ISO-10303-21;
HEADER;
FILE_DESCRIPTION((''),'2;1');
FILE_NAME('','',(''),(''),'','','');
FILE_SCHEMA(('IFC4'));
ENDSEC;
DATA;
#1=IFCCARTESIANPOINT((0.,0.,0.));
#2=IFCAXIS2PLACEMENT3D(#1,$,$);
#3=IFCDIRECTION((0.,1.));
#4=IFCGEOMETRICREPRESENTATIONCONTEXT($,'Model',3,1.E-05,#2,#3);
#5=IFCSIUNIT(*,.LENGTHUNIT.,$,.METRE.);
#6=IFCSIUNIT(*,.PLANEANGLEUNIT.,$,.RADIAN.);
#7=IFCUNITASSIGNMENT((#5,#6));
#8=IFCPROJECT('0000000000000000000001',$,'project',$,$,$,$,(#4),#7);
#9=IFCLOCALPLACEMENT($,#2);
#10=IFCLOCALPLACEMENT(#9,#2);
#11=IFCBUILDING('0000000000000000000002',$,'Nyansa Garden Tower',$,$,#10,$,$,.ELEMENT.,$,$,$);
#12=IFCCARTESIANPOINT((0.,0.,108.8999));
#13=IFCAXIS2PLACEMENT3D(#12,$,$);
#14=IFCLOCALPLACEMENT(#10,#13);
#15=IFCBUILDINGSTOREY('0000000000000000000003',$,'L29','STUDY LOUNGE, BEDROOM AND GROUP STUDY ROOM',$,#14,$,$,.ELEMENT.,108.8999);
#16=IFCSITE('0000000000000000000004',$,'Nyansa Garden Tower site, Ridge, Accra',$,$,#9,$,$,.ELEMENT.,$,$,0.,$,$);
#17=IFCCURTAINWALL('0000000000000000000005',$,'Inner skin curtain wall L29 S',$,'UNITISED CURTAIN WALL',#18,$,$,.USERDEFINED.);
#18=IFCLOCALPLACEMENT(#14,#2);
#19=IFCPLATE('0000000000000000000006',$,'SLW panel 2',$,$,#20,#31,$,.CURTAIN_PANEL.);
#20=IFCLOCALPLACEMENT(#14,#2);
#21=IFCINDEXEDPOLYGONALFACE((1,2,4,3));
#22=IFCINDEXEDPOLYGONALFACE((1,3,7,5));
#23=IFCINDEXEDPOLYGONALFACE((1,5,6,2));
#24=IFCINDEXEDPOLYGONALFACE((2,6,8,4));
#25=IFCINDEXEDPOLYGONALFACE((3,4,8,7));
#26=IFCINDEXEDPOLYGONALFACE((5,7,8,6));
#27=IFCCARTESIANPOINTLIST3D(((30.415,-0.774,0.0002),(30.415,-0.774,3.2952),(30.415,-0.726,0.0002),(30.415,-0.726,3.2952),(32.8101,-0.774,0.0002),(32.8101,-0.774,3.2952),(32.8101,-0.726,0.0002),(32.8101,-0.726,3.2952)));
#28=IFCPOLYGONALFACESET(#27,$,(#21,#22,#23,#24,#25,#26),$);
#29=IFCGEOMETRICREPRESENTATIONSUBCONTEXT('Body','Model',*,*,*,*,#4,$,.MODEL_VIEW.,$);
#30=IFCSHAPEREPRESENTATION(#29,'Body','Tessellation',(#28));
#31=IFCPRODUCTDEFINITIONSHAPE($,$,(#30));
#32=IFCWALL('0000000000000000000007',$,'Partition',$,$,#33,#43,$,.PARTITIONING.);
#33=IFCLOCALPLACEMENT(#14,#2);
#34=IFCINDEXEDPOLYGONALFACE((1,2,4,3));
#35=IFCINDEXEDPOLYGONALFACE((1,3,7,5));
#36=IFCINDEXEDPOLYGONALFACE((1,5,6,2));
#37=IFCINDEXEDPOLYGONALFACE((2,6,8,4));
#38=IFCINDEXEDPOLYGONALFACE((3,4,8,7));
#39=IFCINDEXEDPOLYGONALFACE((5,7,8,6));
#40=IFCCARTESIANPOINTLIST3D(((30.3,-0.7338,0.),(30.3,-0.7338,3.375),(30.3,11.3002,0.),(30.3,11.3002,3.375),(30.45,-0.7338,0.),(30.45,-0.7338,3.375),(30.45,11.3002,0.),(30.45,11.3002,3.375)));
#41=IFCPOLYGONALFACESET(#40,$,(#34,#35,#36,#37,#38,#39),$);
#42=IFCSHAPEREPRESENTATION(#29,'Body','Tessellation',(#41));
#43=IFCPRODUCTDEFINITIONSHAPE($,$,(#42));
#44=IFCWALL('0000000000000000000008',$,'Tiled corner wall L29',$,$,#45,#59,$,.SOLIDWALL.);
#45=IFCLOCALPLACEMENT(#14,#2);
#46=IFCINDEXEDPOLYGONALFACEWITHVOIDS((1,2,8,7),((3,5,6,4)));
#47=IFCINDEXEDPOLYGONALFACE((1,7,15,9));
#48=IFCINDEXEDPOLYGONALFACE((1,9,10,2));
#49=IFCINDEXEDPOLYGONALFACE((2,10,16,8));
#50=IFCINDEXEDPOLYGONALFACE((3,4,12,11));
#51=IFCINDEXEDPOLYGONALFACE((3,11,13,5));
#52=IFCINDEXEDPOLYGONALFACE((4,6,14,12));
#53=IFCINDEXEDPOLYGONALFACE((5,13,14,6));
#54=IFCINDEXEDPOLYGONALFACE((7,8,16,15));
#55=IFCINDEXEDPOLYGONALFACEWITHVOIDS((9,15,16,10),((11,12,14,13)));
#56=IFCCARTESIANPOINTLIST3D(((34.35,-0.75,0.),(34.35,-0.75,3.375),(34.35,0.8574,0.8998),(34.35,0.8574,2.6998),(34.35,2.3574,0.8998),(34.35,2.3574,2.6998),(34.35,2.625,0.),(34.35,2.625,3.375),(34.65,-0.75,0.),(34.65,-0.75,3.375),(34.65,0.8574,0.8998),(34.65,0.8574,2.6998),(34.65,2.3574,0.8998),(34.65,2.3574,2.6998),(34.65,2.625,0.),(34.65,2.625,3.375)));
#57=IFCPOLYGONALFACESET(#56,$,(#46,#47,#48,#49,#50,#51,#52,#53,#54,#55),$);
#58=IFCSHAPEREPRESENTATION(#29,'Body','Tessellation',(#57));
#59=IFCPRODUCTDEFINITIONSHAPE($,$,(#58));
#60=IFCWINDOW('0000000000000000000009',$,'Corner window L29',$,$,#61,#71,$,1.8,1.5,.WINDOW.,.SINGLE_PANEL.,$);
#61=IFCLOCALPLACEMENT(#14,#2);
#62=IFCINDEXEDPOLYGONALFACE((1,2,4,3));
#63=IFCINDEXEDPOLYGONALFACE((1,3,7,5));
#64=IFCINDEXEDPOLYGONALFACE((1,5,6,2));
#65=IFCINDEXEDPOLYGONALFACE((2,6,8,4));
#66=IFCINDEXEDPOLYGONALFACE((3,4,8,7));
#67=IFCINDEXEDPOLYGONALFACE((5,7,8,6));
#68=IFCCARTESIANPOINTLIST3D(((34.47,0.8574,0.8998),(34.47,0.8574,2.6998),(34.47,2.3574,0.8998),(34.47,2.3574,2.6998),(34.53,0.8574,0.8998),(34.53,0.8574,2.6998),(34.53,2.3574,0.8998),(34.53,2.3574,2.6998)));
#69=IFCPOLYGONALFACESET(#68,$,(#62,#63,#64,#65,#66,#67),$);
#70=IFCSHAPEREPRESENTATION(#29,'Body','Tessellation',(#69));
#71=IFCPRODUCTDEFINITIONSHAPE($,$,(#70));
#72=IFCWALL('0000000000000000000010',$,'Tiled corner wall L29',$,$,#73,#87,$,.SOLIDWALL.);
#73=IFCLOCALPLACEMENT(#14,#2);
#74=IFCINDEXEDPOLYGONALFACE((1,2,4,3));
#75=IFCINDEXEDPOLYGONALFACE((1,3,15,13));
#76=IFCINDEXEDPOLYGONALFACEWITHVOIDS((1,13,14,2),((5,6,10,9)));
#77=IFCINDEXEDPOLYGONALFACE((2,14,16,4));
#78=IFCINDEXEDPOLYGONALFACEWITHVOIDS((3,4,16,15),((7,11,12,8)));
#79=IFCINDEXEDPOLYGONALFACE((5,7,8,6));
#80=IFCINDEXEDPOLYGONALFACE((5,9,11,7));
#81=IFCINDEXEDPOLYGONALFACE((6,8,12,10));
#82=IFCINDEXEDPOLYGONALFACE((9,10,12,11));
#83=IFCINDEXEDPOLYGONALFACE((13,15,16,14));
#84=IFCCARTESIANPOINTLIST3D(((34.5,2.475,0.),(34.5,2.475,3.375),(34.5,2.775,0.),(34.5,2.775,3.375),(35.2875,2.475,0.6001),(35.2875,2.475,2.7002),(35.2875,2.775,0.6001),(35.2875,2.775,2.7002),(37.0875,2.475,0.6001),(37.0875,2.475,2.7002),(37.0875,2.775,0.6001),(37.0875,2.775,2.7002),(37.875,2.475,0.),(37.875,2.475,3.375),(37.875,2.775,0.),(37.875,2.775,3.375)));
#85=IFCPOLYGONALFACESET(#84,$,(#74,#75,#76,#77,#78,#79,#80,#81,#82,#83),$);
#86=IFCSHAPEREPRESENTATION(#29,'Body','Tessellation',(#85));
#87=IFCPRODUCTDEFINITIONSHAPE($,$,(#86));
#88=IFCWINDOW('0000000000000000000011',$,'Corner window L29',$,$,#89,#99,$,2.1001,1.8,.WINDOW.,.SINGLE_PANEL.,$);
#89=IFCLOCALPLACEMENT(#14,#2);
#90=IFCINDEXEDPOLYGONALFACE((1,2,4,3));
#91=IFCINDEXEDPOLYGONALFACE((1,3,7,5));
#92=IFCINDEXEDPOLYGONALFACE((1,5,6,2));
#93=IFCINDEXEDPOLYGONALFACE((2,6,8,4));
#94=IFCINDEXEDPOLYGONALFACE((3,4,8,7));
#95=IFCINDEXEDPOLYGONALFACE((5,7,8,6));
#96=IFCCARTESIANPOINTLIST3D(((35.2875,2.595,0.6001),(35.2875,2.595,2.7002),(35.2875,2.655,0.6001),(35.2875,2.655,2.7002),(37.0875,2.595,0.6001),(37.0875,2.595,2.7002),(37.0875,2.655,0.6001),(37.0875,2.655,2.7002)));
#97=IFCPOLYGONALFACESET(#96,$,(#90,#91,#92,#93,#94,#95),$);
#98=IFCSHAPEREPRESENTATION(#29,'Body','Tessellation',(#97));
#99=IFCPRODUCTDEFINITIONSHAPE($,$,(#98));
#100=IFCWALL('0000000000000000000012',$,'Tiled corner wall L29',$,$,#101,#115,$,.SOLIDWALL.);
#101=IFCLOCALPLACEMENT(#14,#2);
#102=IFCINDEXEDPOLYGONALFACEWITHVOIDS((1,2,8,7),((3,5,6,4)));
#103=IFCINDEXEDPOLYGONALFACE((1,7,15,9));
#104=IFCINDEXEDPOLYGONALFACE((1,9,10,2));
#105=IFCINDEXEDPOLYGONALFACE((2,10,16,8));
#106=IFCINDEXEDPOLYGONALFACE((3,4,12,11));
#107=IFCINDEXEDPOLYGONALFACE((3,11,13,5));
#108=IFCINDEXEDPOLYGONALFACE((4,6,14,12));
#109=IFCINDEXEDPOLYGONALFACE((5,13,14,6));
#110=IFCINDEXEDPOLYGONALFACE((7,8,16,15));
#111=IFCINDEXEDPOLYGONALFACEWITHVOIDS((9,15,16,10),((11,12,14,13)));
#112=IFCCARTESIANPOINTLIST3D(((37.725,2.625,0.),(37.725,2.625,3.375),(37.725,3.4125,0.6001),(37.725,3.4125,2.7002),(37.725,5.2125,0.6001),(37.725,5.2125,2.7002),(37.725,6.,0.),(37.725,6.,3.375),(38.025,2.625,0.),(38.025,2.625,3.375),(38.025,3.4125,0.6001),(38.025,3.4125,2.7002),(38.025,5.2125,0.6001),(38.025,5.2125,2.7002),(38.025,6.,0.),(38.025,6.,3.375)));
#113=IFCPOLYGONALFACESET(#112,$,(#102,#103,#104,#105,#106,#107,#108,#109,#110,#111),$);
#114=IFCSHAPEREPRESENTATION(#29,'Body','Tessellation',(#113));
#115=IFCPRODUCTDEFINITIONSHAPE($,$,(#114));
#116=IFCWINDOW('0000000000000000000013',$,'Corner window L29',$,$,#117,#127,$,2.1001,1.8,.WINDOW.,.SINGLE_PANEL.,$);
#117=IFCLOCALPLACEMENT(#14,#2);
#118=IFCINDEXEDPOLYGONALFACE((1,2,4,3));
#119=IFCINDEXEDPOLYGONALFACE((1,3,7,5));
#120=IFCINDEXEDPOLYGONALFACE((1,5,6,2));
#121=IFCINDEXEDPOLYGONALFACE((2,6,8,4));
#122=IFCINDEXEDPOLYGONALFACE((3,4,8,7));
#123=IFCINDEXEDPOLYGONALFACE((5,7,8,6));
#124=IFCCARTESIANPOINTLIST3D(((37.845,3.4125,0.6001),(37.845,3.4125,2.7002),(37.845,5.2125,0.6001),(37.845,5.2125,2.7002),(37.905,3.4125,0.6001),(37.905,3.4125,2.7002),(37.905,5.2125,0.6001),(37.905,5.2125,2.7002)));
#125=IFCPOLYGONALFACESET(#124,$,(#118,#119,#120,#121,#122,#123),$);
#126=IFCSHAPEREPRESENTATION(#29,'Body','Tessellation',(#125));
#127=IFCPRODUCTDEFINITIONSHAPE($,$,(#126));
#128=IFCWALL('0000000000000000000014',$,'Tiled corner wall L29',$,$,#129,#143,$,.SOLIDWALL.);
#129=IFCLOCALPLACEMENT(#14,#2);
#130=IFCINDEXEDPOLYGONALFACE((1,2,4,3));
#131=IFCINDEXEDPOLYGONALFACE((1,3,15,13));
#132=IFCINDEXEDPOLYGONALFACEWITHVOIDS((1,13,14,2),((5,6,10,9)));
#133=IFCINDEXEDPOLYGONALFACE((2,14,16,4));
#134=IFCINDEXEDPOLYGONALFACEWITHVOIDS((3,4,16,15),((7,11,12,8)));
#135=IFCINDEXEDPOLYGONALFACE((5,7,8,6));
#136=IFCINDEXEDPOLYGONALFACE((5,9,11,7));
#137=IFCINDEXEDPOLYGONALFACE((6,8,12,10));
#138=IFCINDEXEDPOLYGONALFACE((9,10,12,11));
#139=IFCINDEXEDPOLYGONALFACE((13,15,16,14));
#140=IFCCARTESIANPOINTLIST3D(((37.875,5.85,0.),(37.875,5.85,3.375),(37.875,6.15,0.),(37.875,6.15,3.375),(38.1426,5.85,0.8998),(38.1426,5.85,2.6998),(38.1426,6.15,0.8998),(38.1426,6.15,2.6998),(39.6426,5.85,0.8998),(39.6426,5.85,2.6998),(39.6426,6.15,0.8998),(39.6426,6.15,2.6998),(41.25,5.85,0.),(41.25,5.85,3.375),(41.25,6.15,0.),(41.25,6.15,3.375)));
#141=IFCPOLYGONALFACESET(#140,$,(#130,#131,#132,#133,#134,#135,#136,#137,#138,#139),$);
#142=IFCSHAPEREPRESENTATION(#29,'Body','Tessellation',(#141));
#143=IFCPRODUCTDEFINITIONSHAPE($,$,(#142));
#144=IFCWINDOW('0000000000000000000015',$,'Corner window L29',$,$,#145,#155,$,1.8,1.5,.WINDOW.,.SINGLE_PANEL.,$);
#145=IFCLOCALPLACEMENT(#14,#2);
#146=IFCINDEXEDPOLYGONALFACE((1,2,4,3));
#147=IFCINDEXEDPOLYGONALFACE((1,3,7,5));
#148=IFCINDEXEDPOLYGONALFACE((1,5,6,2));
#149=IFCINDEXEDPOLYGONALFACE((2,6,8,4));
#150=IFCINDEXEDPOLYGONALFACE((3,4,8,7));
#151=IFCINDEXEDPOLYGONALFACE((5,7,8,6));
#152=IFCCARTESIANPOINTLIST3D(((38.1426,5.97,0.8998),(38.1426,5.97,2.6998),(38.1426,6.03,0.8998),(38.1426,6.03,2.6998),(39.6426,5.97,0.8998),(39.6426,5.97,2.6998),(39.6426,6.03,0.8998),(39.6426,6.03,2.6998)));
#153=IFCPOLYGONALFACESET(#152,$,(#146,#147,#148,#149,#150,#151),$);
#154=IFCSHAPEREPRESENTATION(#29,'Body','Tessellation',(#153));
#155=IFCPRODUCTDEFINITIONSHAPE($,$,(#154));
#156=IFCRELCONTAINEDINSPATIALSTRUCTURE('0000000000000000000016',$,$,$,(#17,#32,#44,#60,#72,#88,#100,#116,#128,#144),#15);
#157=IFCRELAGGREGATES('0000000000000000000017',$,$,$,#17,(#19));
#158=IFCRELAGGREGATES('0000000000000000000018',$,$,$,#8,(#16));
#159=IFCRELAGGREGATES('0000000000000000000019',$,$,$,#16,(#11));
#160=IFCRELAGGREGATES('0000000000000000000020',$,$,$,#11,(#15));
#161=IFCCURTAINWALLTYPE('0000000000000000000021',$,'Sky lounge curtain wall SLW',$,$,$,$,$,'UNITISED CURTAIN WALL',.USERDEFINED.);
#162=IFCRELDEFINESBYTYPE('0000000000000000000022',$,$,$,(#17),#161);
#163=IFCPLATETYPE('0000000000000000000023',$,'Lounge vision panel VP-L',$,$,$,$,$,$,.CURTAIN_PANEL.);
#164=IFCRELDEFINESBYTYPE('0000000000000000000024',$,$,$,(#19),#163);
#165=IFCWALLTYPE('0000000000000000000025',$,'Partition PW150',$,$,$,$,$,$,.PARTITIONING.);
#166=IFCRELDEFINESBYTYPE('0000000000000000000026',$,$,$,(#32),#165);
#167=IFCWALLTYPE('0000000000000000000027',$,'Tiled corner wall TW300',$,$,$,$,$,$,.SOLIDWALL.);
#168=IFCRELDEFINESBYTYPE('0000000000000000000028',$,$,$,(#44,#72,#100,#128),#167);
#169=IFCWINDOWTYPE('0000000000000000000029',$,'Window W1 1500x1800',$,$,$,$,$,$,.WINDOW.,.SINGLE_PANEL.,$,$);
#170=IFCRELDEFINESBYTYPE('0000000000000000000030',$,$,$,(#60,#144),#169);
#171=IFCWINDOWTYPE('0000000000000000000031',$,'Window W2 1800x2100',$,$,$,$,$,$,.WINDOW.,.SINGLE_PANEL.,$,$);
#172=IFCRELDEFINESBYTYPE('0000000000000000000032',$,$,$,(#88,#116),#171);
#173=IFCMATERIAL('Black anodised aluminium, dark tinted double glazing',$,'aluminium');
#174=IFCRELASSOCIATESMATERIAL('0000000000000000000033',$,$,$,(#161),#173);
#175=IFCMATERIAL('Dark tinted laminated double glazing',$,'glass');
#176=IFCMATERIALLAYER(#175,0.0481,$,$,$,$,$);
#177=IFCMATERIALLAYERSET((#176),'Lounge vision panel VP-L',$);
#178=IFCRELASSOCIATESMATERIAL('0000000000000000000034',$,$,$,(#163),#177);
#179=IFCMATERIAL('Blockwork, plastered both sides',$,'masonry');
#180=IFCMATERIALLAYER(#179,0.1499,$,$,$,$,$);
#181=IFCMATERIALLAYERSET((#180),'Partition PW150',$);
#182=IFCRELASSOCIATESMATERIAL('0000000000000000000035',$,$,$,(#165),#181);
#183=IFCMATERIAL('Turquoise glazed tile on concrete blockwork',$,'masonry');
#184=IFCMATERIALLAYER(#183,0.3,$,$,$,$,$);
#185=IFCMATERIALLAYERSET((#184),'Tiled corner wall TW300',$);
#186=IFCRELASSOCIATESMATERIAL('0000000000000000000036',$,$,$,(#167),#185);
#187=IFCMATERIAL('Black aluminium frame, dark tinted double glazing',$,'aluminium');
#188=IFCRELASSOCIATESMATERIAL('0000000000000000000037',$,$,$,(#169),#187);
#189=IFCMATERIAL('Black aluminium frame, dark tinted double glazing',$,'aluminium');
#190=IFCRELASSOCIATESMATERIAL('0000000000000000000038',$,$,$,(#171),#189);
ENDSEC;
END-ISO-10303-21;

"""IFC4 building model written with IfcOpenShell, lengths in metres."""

from ifc_helpers import new_model, si_unit, direction, frame, frame_2d, origin, origin_2d, place, context, subcontext, project, spatial, rectangle, extrude, material, layer, layer_set, type_object, element, fill, aggregate, save


model = new_model("IFC4")

# Units and contexts
model_context = context("Model", 3, precision=1e-05, world=origin(), true_north=direction((0.0, 1.0)))
body_context = subcontext(model_context, "Body", "Model", "MODEL_VIEW")
ifc_project = project(units=[si_unit("LENGTHUNIT", "METRE"), si_unit("PLANEANGLEUNIT", "RADIAN")], contexts=[model_context])

# Site, building, storey
site_placement = place(None, origin())
site = spatial("IfcSite", under=ifc_project, at=site_placement, Name="Nyansa Garden Tower site, Ridge, Accra", CompositionType="ELEMENT", RefElevation=0.0)
building_placement = place(site_placement, origin())
building = spatial("IfcBuilding", under=site, at=building_placement, Name="Nyansa Garden Tower", CompositionType="ELEMENT")
storey_placement = place(building_placement, frame((0.0, 0.0, 108.8999)))
storey = spatial("IfcBuildingStorey", under=building, at=storey_placement, Name="L29", Description="STUDY LOUNGE, BEDROOM AND GROUP STUDY ROOM", CompositionType="ELEMENT", Elevation=108.8999)

# Curtain wall
ifc_material_1 = material(Name="Black anodised aluminium, dark tinted double glazing", Category="aluminium")
curtain_wall_type = type_object("IfcCurtainWallType", Name="Sky lounge curtain wall SLW", ElementType="UNITISED CURTAIN WALL", PredefinedType="USERDEFINED", material=ifc_material_1)
curtain_wall_placement = place(storey_placement, origin())
curtain_wall = element("IfcCurtainWall", 1, at=curtain_wall_placement, inside=storey, type_object=curtain_wall_type, Name="Inner skin curtain wall L29 S", ObjectType="UNITISED CURTAIN WALL", PredefinedType="USERDEFINED")

# Plate
ifc_material_2 = material(Name="Dark tinted laminated double glazing", Category="glass")
ifc_layer_1 = layer(ifc_material_2, 0.0481)
ifc_layer_set_1 = layer_set([ifc_layer_1], Name="Lounge vision panel VP-L")
plate_type = type_object("IfcPlateType", Name="Lounge vision panel VP-L", PredefinedType="CURTAIN_PANEL", material=ifc_layer_set_1)
plate_1_placement = place(storey_placement, frame((31.6125, -0.75, 0.0002), z_axis=(0.0, 0.0, 1.0), x_axis=(1.0, 0.0, 0.0)))
plate_1 = element("IfcPlate", 2, at=plate_1_placement, type_object=plate_type, Name="SLW panel 2", PredefinedType="CURTAIN_PANEL", context=body_context, shape_type="SweptSolid", body=[
    extrude(rectangle(XDim=2.395, YDim=0.0481, at=origin_2d()), origin(), (0.0, 0.0, 1.0), 3.2949),
])
aggregate(curtain_wall, [plate_1])

# Wall
ifc_material_3 = material(Name="Blockwork, plastered both sides", Category="masonry")
ifc_layer_2 = layer(ifc_material_3, 0.1499)
ifc_layer_set_2 = layer_set([ifc_layer_2], Name="Partition PW150")
wall_type_1 = type_object("IfcWallType", Name="Partition PW150", PredefinedType="PARTITIONING", material=ifc_layer_set_2)
wall_1_placement = place(storey_placement, frame((30.375, -0.7339, 0.0), z_axis=(0.0, 0.0, 1.0), x_axis=(0.0, 1.0, 0.0)))
element("IfcWall", 3, at=wall_1_placement, inside=storey, type_object=wall_type_1, Name="Partition", PredefinedType="PARTITIONING", context=body_context, shape_type="SweptSolid", body=[
    extrude(rectangle(XDim=12.0339, YDim=0.1499, at=frame_2d((6.0171, 0.0))), origin(), (0.0, 0.0, 1.0), 3.375),
])

# Walls, openings, windows
ifc_material_4 = material(Name="Turquoise glazed tile on concrete blockwork", Category="masonry")
ifc_layer_3 = layer(ifc_material_4, 0.3)
ifc_layer_set_3 = layer_set([ifc_layer_3], Name="Tiled corner wall TW300")
wall_type_2 = type_object("IfcWallType", Name="Tiled corner wall TW300", PredefinedType="SOLIDWALL", material=ifc_layer_set_3)
wall_2_placement = place(storey_placement, frame((34.5, -0.75, 0.0), z_axis=(0.0, 0.0, 1.0), x_axis=(0.0, 1.0, 0.0)))
wall_2 = element("IfcWall", 4, at=wall_2_placement, inside=storey, type_object=wall_type_2, Name="Tiled corner wall L29", PredefinedType="SOLIDWALL", context=body_context, shape_type="SweptSolid", body=[
    extrude(rectangle(XDim=3.375, YDim=0.3, at=frame_2d((1.6875, 0.0))), origin(), (0.0, 0.0, 1.0), 3.375),
])
opening_1_placement = place(wall_2_placement, frame((1.6074, 0.0, 0.8999)))
opening_1 = element("IfcOpeningElement", 5, at=opening_1_placement, cuts=wall_2, PredefinedType="OPENING", context=body_context, shape_type="SweptSolid", body=[
    extrude(rectangle(XDim=1.5, YDim=1.8, at=frame_2d((0.75, 0.8999))), frame((0.0, 0.1599, 0.0), z_axis=(0.0, -1.0, 0.0), x_axis=(1.0, 0.0, 0.0)), (0.0, 0.0, 1.0), 0.3201),
])
ifc_material_5 = material(Name="Black aluminium frame, dark tinted double glazing", Category="aluminium")
window_type_1 = type_object("IfcWindowType", Name="Window W1 1500x1800", PartitioningType="SINGLE_PANEL", PredefinedType="WINDOW", material=ifc_material_5)
window_1_placement = place(opening_1_placement, origin())
window_1 = element("IfcWindow", 6, at=window_1_placement, inside=storey, type_object=window_type_1, Name="Corner window L29", OverallHeight=1.8, OverallWidth=1.5, PartitioningType="SINGLE_PANEL", PredefinedType="WINDOW", context=body_context, shape_type="SweptSolid", body=[
    extrude(rectangle(XDim=1.5, YDim=1.8, at=frame_2d((0.75, 0.8999))), frame((0.0, 0.03, 0.0), z_axis=(0.0, -1.0, 0.0), x_axis=(1.0, 0.0, 0.0)), (0.0, 0.0, 1.0), 0.0601),
])
fill(opening_1, window_1)
wall_3_placement = place(storey_placement, frame((34.5, 2.625, 0.0), z_axis=(0.0, 0.0, 1.0), x_axis=(1.0, 0.0, 0.0)))
wall_3 = element("IfcWall", 7, at=wall_3_placement, inside=storey, type_object=wall_type_2, Name="Tiled corner wall L29", PredefinedType="SOLIDWALL", context=body_context, shape_type="SweptSolid", body=[
    extrude(rectangle(XDim=3.375, YDim=0.3, at=frame_2d((1.6875, 0.0))), origin(), (0.0, 0.0, 1.0), 3.375),
])
opening_2_placement = place(wall_3_placement, frame((0.7876, 0.0, 0.6001)))
opening_2 = element("IfcOpeningElement", 8, at=opening_2_placement, cuts=wall_3, PredefinedType="OPENING", context=body_context, shape_type="SweptSolid", body=[
    extrude(rectangle(XDim=1.8, YDim=2.1001, at=frame_2d((0.8999, 1.05))), frame((0.0, 0.1599, 0.0), z_axis=(0.0, -1.0, 0.0), x_axis=(1.0, 0.0, 0.0)), (0.0, 0.0, 1.0), 0.3201),
])
ifc_material_6 = material(Name="Black aluminium frame, dark tinted double glazing", Category="aluminium")
window_type_2 = type_object("IfcWindowType", Name="Window W2 1800x2100", PartitioningType="SINGLE_PANEL", PredefinedType="WINDOW", material=ifc_material_6)
window_2_placement = place(opening_2_placement, origin())
window_2 = element("IfcWindow", 9, at=window_2_placement, inside=storey, type_object=window_type_2, Name="Corner window L29", OverallHeight=2.1001, OverallWidth=1.8, PartitioningType="SINGLE_PANEL", PredefinedType="WINDOW", context=body_context, shape_type="SweptSolid", body=[
    extrude(rectangle(XDim=1.8, YDim=2.1001, at=frame_2d((0.8999, 1.05))), frame((0.0, 0.03, 0.0), z_axis=(0.0, -1.0, 0.0), x_axis=(1.0, 0.0, 0.0)), (0.0, 0.0, 1.0), 0.0601),
])
fill(opening_2, window_2)
wall_4_placement = place(storey_placement, frame((37.875, 2.625, 0.0), z_axis=(0.0, 0.0, 1.0), x_axis=(0.0, 1.0, 0.0)))
wall_4 = element("IfcWall", 10, at=wall_4_placement, inside=storey, type_object=wall_type_2, Name="Tiled corner wall L29", PredefinedType="SOLIDWALL", context=body_context, shape_type="SweptSolid", body=[
    extrude(rectangle(XDim=3.375, YDim=0.3, at=frame_2d((1.6875, 0.0))), origin(), (0.0, 0.0, 1.0), 3.375),
])
opening_3_placement = place(wall_4_placement, frame((0.7876, 0.0, 0.6001)))
opening_3 = element("IfcOpeningElement", 11, at=opening_3_placement, cuts=wall_4, PredefinedType="OPENING", context=body_context, shape_type="SweptSolid", body=[
    extrude(rectangle(XDim=1.8, YDim=2.1001, at=frame_2d((0.8999, 1.05))), frame((0.0, 0.1599, 0.0), z_axis=(0.0, -1.0, 0.0), x_axis=(1.0, 0.0, 0.0)), (0.0, 0.0, 1.0), 0.3201),
])
window_3_placement = place(opening_3_placement, origin())
window_3 = element("IfcWindow", 12, at=window_3_placement, inside=storey, type_object=window_type_2, Name="Corner window L29", OverallHeight=2.1001, OverallWidth=1.8, PartitioningType="SINGLE_PANEL", PredefinedType="WINDOW", context=body_context, shape_type="SweptSolid", body=[
    extrude(rectangle(XDim=1.8, YDim=2.1001, at=frame_2d((0.8999, 1.05))), frame((0.0, 0.03, 0.0), z_axis=(0.0, -1.0, 0.0), x_axis=(1.0, 0.0, 0.0)), (0.0, 0.0, 1.0), 0.0601),
])
fill(opening_3, window_3)
wall_5_placement = place(storey_placement, frame((37.875, 6.0, 0.0), z_axis=(0.0, 0.0, 1.0), x_axis=(1.0, 0.0, 0.0)))
wall_5 = element("IfcWall", 13, at=wall_5_placement, inside=storey, type_object=wall_type_2, Name="Tiled corner wall L29", PredefinedType="SOLIDWALL", context=body_context, shape_type="SweptSolid", body=[
    extrude(rectangle(XDim=3.375, YDim=0.3, at=frame_2d((1.6875, 0.0))), origin(), (0.0, 0.0, 1.0), 3.375),
])
opening_4_placement = place(wall_5_placement, frame((0.2676, 0.0, 0.8999)))
opening_4 = element("IfcOpeningElement", 14, at=opening_4_placement, cuts=wall_5, PredefinedType="OPENING", context=body_context, shape_type="SweptSolid", body=[
    extrude(rectangle(XDim=1.5, YDim=1.8, at=frame_2d((0.75, 0.8999))), frame((0.0, 0.1599, 0.0), z_axis=(0.0, -1.0, 0.0), x_axis=(1.0, 0.0, 0.0)), (0.0, 0.0, 1.0), 0.3201),
])
window_4_placement = place(opening_4_placement, origin())
window_4 = element("IfcWindow", 15, at=window_4_placement, inside=storey, type_object=window_type_1, Name="Corner window L29", OverallHeight=1.8, OverallWidth=1.5, PartitioningType="SINGLE_PANEL", PredefinedType="WINDOW", context=body_context, shape_type="SweptSolid", body=[
    extrude(rectangle(XDim=1.5, YDim=1.8, at=frame_2d((0.75, 0.8999))), frame((0.0, 0.03, 0.0), z_axis=(0.0, -1.0, 0.0), x_axis=(1.0, 0.0, 0.0)), (0.0, 0.0, 1.0), 0.0601),
])
fill(opening_4, window_4)

save(model, "model.ifc")
